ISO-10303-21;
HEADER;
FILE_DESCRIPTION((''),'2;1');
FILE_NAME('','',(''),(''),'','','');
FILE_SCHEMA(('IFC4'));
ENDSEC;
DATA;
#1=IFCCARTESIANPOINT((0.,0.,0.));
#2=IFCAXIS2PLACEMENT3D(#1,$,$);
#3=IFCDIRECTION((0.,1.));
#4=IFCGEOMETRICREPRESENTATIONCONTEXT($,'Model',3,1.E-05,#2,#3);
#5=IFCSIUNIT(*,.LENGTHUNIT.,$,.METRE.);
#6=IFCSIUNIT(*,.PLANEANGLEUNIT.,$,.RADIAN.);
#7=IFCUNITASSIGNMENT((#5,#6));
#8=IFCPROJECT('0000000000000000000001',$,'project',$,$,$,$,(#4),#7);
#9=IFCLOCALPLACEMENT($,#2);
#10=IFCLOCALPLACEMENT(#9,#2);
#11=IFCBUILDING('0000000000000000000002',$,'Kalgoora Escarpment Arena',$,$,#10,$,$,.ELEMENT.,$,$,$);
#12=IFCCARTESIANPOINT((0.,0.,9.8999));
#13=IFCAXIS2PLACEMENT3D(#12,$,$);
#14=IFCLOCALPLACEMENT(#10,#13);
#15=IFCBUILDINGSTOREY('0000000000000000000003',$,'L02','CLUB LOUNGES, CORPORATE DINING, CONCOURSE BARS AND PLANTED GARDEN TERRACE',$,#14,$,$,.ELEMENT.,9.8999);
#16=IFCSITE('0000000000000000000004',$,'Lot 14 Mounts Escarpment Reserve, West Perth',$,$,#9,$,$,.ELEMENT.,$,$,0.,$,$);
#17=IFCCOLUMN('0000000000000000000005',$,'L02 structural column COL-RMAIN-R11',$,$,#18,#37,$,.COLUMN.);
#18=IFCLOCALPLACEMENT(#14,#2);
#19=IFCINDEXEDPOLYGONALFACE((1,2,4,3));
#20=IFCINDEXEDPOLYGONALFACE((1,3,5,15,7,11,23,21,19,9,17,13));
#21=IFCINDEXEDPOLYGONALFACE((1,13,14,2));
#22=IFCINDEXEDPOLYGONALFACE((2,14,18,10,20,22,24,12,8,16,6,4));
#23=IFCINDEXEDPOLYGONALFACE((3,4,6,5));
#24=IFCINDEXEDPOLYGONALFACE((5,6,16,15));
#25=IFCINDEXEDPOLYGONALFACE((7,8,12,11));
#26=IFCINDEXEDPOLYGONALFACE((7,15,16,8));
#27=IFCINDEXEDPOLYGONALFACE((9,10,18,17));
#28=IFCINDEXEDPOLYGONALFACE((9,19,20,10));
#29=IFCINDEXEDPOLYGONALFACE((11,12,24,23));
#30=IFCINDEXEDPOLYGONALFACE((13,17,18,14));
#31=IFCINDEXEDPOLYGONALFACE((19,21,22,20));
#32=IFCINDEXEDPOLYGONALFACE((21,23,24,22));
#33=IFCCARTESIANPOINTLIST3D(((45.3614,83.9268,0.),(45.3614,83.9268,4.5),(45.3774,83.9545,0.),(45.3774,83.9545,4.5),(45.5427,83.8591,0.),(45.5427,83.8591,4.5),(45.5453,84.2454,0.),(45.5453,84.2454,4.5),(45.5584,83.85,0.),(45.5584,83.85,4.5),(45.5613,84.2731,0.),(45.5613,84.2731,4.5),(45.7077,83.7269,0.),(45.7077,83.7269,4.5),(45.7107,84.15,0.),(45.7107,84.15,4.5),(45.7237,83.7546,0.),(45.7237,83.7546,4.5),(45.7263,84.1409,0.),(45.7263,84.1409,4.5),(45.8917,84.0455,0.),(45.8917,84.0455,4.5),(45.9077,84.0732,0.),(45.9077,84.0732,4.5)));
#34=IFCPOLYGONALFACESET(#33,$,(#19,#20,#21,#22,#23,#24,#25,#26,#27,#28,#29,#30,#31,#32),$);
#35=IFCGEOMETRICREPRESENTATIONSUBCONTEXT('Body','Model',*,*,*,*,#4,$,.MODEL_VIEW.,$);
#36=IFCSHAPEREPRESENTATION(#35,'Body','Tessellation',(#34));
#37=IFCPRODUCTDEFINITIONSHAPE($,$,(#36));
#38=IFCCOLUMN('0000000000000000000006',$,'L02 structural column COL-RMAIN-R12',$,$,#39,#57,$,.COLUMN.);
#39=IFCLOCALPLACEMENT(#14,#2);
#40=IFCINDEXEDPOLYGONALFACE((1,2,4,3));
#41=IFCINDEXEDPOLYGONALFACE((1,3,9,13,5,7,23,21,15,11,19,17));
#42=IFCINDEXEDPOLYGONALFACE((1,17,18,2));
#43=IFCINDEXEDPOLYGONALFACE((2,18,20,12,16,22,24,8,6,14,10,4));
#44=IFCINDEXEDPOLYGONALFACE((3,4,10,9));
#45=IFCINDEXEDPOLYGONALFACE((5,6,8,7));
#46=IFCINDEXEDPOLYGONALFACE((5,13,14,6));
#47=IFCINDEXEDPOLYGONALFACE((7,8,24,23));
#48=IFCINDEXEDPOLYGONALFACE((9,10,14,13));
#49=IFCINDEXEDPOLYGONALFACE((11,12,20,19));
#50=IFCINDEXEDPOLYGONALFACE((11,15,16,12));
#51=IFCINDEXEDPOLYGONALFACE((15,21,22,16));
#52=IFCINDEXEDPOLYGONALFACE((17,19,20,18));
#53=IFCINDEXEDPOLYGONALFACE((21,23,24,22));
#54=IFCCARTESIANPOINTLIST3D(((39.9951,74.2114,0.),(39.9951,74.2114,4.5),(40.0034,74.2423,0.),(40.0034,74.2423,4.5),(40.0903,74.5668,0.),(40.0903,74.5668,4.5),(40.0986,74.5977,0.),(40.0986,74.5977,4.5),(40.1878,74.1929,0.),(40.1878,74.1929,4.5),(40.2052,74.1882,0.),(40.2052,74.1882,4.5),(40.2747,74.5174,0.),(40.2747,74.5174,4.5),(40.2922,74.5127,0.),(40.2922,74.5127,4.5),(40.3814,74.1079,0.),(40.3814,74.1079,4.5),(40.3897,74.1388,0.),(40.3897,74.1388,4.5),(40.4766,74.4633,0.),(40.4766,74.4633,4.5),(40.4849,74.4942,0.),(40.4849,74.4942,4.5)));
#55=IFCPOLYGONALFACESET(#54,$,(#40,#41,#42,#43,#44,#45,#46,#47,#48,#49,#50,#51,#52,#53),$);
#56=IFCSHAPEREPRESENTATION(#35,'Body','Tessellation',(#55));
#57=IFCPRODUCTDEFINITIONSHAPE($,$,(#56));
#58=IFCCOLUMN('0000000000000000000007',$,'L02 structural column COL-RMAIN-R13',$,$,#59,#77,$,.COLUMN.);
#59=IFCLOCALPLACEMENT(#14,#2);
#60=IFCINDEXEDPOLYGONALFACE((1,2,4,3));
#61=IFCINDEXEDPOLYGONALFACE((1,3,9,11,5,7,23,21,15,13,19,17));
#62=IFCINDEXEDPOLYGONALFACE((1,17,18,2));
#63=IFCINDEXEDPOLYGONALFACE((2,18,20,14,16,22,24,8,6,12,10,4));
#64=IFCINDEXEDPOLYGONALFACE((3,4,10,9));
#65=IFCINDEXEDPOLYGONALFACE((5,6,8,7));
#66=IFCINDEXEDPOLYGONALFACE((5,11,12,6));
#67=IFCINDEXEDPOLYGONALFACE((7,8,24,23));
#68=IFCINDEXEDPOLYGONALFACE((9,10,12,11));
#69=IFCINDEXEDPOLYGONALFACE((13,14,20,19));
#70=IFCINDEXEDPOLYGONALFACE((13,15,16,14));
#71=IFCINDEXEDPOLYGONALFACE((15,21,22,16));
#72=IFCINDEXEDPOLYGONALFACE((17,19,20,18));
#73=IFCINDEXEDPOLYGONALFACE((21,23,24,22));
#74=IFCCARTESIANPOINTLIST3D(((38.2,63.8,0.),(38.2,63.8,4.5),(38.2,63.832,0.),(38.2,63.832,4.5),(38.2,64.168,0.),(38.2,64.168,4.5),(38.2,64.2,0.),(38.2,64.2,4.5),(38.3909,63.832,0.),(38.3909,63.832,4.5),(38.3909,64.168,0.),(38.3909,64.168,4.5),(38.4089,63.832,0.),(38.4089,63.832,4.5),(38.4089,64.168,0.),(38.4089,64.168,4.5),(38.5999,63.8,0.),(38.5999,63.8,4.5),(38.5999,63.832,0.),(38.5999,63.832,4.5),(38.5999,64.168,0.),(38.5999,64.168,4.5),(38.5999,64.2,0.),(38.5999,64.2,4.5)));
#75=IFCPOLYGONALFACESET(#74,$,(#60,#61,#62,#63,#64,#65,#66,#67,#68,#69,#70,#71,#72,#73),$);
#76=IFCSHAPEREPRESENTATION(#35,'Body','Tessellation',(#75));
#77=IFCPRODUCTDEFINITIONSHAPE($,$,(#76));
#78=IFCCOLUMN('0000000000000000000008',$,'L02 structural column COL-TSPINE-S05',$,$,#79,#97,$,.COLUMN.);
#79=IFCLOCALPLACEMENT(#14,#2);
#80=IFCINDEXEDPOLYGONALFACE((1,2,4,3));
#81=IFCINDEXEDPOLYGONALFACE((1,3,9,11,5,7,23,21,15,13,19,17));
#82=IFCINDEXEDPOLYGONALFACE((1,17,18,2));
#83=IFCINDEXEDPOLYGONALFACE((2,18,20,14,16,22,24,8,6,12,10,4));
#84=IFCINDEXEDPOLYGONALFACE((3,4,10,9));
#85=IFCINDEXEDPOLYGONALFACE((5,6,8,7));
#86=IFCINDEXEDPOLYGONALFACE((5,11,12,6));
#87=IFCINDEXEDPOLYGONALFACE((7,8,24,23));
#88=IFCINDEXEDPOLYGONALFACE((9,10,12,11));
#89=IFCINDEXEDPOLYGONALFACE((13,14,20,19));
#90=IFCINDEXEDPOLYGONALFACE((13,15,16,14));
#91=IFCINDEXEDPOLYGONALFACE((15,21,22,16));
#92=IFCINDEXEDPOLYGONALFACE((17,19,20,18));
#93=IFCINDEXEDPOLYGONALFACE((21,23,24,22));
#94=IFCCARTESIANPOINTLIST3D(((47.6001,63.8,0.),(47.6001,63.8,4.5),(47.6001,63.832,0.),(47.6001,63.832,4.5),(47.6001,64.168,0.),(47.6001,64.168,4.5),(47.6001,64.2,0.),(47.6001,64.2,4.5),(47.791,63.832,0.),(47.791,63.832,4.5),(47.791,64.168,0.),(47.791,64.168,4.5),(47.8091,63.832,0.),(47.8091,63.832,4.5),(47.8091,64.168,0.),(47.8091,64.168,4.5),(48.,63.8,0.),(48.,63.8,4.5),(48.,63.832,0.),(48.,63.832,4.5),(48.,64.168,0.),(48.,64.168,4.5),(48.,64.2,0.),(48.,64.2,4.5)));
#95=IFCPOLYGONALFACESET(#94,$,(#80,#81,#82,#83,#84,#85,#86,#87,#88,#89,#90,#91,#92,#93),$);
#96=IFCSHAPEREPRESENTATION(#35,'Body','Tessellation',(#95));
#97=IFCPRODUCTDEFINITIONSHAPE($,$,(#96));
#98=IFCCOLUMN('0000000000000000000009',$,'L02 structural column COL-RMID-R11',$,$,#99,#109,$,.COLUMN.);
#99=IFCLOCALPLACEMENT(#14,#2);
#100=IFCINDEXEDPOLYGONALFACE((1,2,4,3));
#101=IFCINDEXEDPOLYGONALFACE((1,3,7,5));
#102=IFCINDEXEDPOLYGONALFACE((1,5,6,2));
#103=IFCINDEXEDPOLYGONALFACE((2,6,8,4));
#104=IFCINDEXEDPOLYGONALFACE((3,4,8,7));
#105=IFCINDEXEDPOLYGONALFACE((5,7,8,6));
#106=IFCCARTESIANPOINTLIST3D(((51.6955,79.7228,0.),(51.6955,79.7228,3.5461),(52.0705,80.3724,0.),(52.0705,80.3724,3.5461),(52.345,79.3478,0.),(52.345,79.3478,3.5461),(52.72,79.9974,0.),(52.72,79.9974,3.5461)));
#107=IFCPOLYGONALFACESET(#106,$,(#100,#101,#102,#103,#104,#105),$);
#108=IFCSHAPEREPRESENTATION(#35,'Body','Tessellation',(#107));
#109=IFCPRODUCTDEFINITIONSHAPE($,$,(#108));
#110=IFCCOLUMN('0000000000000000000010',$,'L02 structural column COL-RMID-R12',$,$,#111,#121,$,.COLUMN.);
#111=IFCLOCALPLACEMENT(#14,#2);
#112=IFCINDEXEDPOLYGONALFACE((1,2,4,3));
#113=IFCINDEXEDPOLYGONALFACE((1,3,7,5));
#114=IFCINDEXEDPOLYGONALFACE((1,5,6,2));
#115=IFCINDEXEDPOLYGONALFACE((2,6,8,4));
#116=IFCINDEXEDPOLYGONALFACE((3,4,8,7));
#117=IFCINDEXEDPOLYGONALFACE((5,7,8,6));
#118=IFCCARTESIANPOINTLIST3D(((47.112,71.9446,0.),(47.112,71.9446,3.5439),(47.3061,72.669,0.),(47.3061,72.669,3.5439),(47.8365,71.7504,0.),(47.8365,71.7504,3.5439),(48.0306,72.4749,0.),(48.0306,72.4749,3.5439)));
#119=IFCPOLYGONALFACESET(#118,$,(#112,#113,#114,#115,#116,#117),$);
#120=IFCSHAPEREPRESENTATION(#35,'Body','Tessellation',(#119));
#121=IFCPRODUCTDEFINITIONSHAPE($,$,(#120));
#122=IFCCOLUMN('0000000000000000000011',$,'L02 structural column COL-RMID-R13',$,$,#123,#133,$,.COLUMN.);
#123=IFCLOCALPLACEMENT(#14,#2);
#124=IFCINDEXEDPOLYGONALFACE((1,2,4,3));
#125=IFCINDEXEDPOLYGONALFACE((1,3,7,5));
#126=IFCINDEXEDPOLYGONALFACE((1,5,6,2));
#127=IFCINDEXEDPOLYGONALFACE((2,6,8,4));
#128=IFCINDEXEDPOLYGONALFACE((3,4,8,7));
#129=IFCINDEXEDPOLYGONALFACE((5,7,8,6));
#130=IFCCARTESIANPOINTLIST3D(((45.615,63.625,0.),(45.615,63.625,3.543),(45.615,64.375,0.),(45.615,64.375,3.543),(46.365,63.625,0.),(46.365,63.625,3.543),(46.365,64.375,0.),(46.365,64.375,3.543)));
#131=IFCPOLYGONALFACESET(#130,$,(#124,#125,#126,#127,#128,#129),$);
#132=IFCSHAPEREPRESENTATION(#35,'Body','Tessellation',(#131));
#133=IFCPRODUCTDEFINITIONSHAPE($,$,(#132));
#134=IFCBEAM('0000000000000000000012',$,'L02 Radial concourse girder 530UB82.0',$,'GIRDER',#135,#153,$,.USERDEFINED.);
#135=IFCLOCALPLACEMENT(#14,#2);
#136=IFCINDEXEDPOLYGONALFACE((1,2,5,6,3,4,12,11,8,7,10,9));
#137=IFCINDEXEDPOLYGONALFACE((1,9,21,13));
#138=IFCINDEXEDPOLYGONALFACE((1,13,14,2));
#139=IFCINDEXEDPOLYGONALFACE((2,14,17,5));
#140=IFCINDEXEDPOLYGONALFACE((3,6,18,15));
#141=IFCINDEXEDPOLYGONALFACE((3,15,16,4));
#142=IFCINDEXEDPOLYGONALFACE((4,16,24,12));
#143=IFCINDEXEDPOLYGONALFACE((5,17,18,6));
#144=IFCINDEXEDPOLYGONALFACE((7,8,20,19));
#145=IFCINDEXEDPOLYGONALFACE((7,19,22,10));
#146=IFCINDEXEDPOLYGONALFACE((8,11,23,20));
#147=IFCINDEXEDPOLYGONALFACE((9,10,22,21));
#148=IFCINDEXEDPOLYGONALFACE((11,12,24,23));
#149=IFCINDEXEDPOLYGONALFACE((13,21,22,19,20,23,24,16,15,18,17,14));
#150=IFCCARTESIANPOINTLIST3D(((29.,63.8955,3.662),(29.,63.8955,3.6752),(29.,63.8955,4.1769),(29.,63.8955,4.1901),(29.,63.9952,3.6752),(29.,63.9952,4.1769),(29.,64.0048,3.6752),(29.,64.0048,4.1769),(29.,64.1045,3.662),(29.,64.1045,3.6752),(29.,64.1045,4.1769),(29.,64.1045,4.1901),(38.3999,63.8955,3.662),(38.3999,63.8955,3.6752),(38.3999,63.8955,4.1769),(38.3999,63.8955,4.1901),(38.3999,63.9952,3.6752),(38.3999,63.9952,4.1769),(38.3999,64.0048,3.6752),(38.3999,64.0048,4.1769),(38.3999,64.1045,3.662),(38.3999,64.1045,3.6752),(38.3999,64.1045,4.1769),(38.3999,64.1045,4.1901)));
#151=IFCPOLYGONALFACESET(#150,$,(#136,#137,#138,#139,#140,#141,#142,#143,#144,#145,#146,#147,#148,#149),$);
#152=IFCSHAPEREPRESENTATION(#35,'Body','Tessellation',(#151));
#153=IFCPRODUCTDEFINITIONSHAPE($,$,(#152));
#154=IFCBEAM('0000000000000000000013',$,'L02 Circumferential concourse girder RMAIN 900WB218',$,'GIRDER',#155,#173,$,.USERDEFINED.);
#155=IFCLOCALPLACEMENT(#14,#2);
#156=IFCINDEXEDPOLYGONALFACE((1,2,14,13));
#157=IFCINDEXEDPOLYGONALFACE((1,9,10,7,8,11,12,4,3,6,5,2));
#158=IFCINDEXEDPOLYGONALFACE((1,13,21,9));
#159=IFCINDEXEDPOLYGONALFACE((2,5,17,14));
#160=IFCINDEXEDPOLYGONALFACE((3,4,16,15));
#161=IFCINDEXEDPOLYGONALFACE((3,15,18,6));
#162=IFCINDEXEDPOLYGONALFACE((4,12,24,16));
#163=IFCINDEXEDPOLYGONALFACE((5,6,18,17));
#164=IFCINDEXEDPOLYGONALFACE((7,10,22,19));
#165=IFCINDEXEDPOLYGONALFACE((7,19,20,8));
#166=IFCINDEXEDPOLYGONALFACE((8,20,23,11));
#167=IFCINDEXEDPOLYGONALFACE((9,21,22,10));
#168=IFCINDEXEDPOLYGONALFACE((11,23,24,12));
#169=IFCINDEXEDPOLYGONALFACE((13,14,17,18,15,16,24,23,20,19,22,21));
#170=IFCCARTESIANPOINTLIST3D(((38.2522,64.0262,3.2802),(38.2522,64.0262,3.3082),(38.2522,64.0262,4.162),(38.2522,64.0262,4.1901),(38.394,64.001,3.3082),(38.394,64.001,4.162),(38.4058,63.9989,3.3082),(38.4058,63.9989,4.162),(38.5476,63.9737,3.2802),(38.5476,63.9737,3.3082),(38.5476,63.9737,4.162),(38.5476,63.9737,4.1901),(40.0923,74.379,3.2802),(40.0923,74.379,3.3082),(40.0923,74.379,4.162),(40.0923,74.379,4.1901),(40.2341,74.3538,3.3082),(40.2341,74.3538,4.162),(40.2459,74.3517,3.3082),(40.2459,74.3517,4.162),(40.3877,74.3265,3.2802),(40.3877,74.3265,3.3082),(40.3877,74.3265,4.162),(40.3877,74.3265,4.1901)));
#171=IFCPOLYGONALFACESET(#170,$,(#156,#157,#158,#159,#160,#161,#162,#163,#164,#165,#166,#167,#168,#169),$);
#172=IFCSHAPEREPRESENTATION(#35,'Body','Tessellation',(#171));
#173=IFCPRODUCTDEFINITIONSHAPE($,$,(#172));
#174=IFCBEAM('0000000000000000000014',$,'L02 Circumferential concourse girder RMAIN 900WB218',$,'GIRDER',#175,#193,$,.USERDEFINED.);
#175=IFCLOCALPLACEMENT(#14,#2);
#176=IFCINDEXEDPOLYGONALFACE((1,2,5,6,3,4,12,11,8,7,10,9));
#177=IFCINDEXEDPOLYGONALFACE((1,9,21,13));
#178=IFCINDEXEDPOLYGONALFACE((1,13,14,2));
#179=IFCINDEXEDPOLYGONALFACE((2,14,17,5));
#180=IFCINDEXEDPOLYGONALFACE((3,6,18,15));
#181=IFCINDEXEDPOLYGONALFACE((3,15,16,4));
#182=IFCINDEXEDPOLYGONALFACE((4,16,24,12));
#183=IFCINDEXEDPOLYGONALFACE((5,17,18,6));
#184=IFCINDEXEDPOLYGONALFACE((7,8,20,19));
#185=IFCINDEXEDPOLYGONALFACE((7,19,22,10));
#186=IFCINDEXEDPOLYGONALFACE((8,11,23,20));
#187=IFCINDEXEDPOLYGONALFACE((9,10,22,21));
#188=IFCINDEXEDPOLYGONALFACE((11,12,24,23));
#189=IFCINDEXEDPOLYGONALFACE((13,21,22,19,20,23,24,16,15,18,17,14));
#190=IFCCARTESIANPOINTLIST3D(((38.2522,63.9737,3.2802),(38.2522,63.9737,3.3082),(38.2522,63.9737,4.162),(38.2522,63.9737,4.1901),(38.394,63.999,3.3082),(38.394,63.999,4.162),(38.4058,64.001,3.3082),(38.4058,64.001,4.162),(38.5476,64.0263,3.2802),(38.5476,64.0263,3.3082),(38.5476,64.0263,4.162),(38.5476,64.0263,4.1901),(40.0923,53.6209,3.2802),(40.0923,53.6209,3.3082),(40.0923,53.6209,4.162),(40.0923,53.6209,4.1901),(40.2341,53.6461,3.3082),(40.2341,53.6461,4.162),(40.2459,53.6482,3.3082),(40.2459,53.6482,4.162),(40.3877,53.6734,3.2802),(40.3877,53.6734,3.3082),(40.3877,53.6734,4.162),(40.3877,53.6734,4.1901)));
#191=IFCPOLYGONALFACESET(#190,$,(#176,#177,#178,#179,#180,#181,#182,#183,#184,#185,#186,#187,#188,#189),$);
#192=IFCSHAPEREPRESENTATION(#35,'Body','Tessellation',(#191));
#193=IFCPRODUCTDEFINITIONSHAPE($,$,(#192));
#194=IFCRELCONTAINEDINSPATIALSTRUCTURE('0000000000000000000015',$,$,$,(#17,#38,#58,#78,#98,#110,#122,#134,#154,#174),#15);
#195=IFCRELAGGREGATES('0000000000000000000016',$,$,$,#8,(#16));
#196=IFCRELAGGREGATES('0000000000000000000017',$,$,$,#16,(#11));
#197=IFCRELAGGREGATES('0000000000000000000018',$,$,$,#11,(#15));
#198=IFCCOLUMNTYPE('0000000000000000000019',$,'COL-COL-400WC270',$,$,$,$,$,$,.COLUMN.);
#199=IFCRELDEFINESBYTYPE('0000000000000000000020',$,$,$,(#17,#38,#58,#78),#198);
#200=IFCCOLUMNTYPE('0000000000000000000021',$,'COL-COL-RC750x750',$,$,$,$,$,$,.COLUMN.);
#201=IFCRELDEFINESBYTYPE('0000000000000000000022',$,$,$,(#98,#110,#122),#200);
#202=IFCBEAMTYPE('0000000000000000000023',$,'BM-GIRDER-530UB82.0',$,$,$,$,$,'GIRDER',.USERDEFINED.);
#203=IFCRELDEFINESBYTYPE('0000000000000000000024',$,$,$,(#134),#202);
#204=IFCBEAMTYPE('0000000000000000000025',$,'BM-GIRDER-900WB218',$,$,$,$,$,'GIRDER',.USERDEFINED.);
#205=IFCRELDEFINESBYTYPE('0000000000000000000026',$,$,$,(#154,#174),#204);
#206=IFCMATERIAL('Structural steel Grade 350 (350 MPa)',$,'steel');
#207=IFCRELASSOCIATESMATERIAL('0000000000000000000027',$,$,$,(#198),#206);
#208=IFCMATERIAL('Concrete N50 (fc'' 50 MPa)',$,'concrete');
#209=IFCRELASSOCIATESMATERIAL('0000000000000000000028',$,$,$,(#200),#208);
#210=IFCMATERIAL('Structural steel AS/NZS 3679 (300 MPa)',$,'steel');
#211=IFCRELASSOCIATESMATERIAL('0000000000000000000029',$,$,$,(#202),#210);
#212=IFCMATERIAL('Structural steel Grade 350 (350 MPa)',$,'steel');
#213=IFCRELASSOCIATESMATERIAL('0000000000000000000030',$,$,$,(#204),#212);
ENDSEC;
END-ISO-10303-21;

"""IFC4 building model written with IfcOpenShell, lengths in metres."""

from ifc_helpers import new_model, si_unit, direction, frame, origin, origin_2d, place, context, subcontext, project, spatial, rectangle, i_section, extrude, material, material_profile, profile_set, type_object, element, save


model = new_model("IFC4")

# Units and contexts
model_context = context("Model", 3, precision=1e-05, world=origin(), true_north=direction((0.0, 1.0)))
body_context = subcontext(model_context, "Body", "Model", "MODEL_VIEW")
ifc_project = project(units=[si_unit("LENGTHUNIT", "METRE"), si_unit("PLANEANGLEUNIT", "RADIAN")], contexts=[model_context])

# Site, building, storey
site_placement = place(None, origin())
site = spatial("IfcSite", under=ifc_project, at=site_placement, Name="Lot 14 Mounts Escarpment Reserve, West Perth", CompositionType="ELEMENT", RefElevation=0.0)
building_placement = place(site_placement, origin())
building = spatial("IfcBuilding", under=site, at=building_placement, Name="Kalgoora Escarpment Arena", CompositionType="ELEMENT")
storey_placement = place(building_placement, frame((0.0, 0.0, 9.8999)))
storey = spatial("IfcBuildingStorey", under=building, at=storey_placement, Name="L02", Description="CLUB LOUNGES, CORPORATE DINING, CONCOURSE BARS AND PLANTED GARDEN TERRACE", CompositionType="ELEMENT", Elevation=9.8999)

# Columns
ifc_material_1 = material(Name="Structural steel Grade 350 (350 MPa)", Category="steel")
ifc_material_profile_1 = material_profile(ifc_material_1, i_section(OverallWidth=0.3999, OverallDepth=0.3999, WebThickness=0.0181, FlangeThickness=0.032, at=origin_2d()))
ifc_profile_set_1 = profile_set([ifc_material_profile_1], Name="Structural steel Grade 350 (350 MPa)")
column_type_1 = type_object("IfcColumnType", Name="COL-COL-400WC270", PredefinedType="COLUMN", material=ifc_profile_set_1)
for number, where, z_axis, x_axis, name in (
    (1, (45.6345, 84.0, 0.0), (0.0, 0.0, 1.0), (-0.866025, 0.5, 0.0), "L02 structural column COL-RMAIN-R11"),
    (2, (40.24, 74.3528, 0.0), (0.0, 0.0, 1.0), (-0.965926, 0.258819, 0.0), "L02 structural column COL-RMAIN-R12"),
    (3, (38.3999, 64.0, 0.0), (0.0, 0.0, 1.0), (-1.0, 0.0, 0.0), "L02 structural column COL-RMAIN-R13"),
    (4, (47.8, 64.0, 0.0), (0.0, 0.0, 1.0), (-1.0, 0.0, 0.0), "L02 structural column COL-TSPINE-S05"),
):
    element("IfcColumn", number, at=place(storey_placement, frame(where, z_axis=z_axis, x_axis=x_axis)), inside=storey, type_object=column_type_1, Name=name, PredefinedType="COLUMN", context=body_context, shape_type="SweptSolid", body=[
        extrude(i_section(OverallWidth=0.3999, OverallDepth=0.3999, WebThickness=0.0181, FlangeThickness=0.032, at=origin_2d()), origin(), (0.0, 0.0, 1.0), 4.5),
    ])
ifc_material_2 = material(Name="Concrete N50 (fc' 50 MPa)", Category="concrete")
ifc_material_profile_2 = material_profile(ifc_material_2, rectangle(XDim=0.75, YDim=0.75, at=origin_2d()))
ifc_profile_set_2 = profile_set([ifc_material_profile_2], Name="Concrete N50 (fc' 50 MPa)")
column_type_2 = type_object("IfcColumnType", Name="COL-COL-RC750x750", PredefinedType="COLUMN", material=ifc_profile_set_2)
column_1_placement = place(storey_placement, frame((52.2078, 79.8601, 0.0), z_axis=(0.0, 0.0, 1.0), x_axis=(-0.866025, 0.5, 0.0)))
element("IfcColumn", 5, at=column_1_placement, inside=storey, type_object=column_type_2, Name="L02 structural column COL-RMID-R11", PredefinedType="COLUMN", context=body_context, shape_type="SweptSolid", body=[
    extrude(rectangle(XDim=0.75, YDim=0.75, at=origin_2d()), origin(), (0.0, 0.0, 1.0), 3.5461),
])
column_2_placement = place(storey_placement, frame((47.5713, 72.2097, 0.0), z_axis=(0.0, 0.0, 1.0), x_axis=(-0.965926, 0.258819, 0.0)))
element("IfcColumn", 6, at=column_2_placement, inside=storey, type_object=column_type_2, Name="L02 structural column COL-RMID-R12", PredefinedType="COLUMN", context=body_context, shape_type="SweptSolid", body=[
    extrude(rectangle(XDim=0.75, YDim=0.75, at=origin_2d()), origin(), (0.0, 0.0, 1.0), 3.5439),
])
column_3_placement = place(storey_placement, frame((45.99, 64.0, 0.0), z_axis=(0.0, 0.0, 1.0), x_axis=(-1.0, 0.0, 0.0)))
element("IfcColumn", 7, at=column_3_placement, inside=storey, type_object=column_type_2, Name="L02 structural column COL-RMID-R13", PredefinedType="COLUMN", context=body_context, shape_type="SweptSolid", body=[
    extrude(rectangle(XDim=0.75, YDim=0.75, at=origin_2d()), origin(), (0.0, 0.0, 1.0), 3.543),
])

# Beams
ifc_material_3 = material(Name="Structural steel AS/NZS 3679 (300 MPa)", Category="steel")
ifc_material_profile_3 = material_profile(ifc_material_3, i_section(OverallWidth=0.209, OverallDepth=0.5281, WebThickness=0.0095, FlangeThickness=0.0132, at=origin_2d()))
ifc_profile_set_3 = profile_set([ifc_material_profile_3], Name="Structural steel AS/NZS 3679 (300 MPa)")
beam_type_1 = type_object("IfcBeamType", Name="BM-GIRDER-530UB82.0", ElementType="GIRDER", PredefinedType="USERDEFINED", material=ifc_profile_set_3)
beam_placement = place(storey_placement, frame((38.3999, 64.0, 3.926), z_axis=(-1.0, 0.0, 0.0), x_axis=(0.0, -1.0, 0.0)))
element("IfcBeam", 8, at=beam_placement, inside=storey, type_object=beam_type_1, Name="L02 Radial concourse girder 530UB82.0", ObjectType="GIRDER", PredefinedType="USERDEFINED", context=body_context, shape_type="SweptSolid", body=[
    extrude(i_section(OverallWidth=0.209, OverallDepth=0.5281, WebThickness=0.0095, FlangeThickness=0.0132, at=origin_2d()), origin(), (0.0, 0.0, 1.0), 9.3999),
])
ifc_material_4 = material(Name="Structural steel Grade 350 (350 MPa)", Category="steel")
ifc_material_profile_4 = material_profile(ifc_material_4, i_section(OverallWidth=0.3, OverallDepth=0.9099, WebThickness=0.012, FlangeThickness=0.0281, at=origin_2d()))
ifc_profile_set_4 = profile_set([ifc_material_profile_4], Name="Structural steel Grade 350 (350 MPa)")
beam_type_2 = type_object("IfcBeamType", Name="BM-GIRDER-900WB218", ElementType="GIRDER", PredefinedType="USERDEFINED", material=ifc_profile_set_4)
for number, where, z_axis, x_axis, name in (
    (9, (40.24, 74.3528, 3.7351), (-0.174996, -0.984569, 0.0), (0.984569, -0.174996, 0.0), "L02 Circumferential concourse girder RMAIN 900WB218"),
    (10, (38.3999, 64.0, 3.7351), (0.174996, -0.984569, 0.0), (0.984569, 0.174996, 0.0), "L02 Circumferential concourse girder RMAIN 900WB218"),
):
    element("IfcBeam", number, at=place(storey_placement, frame(where, z_axis=z_axis, x_axis=x_axis)), inside=storey, type_object=beam_type_2, Name=name, ObjectType="GIRDER", PredefinedType="USERDEFINED", context=body_context, shape_type="SweptSolid", body=[
        extrude(i_section(OverallWidth=0.3, OverallDepth=0.9099, WebThickness=0.012, FlangeThickness=0.0281, at=origin_2d()), origin(), (0.0, 0.0, 1.0), 10.5151),
    ])

save(model, "model.ifc")
